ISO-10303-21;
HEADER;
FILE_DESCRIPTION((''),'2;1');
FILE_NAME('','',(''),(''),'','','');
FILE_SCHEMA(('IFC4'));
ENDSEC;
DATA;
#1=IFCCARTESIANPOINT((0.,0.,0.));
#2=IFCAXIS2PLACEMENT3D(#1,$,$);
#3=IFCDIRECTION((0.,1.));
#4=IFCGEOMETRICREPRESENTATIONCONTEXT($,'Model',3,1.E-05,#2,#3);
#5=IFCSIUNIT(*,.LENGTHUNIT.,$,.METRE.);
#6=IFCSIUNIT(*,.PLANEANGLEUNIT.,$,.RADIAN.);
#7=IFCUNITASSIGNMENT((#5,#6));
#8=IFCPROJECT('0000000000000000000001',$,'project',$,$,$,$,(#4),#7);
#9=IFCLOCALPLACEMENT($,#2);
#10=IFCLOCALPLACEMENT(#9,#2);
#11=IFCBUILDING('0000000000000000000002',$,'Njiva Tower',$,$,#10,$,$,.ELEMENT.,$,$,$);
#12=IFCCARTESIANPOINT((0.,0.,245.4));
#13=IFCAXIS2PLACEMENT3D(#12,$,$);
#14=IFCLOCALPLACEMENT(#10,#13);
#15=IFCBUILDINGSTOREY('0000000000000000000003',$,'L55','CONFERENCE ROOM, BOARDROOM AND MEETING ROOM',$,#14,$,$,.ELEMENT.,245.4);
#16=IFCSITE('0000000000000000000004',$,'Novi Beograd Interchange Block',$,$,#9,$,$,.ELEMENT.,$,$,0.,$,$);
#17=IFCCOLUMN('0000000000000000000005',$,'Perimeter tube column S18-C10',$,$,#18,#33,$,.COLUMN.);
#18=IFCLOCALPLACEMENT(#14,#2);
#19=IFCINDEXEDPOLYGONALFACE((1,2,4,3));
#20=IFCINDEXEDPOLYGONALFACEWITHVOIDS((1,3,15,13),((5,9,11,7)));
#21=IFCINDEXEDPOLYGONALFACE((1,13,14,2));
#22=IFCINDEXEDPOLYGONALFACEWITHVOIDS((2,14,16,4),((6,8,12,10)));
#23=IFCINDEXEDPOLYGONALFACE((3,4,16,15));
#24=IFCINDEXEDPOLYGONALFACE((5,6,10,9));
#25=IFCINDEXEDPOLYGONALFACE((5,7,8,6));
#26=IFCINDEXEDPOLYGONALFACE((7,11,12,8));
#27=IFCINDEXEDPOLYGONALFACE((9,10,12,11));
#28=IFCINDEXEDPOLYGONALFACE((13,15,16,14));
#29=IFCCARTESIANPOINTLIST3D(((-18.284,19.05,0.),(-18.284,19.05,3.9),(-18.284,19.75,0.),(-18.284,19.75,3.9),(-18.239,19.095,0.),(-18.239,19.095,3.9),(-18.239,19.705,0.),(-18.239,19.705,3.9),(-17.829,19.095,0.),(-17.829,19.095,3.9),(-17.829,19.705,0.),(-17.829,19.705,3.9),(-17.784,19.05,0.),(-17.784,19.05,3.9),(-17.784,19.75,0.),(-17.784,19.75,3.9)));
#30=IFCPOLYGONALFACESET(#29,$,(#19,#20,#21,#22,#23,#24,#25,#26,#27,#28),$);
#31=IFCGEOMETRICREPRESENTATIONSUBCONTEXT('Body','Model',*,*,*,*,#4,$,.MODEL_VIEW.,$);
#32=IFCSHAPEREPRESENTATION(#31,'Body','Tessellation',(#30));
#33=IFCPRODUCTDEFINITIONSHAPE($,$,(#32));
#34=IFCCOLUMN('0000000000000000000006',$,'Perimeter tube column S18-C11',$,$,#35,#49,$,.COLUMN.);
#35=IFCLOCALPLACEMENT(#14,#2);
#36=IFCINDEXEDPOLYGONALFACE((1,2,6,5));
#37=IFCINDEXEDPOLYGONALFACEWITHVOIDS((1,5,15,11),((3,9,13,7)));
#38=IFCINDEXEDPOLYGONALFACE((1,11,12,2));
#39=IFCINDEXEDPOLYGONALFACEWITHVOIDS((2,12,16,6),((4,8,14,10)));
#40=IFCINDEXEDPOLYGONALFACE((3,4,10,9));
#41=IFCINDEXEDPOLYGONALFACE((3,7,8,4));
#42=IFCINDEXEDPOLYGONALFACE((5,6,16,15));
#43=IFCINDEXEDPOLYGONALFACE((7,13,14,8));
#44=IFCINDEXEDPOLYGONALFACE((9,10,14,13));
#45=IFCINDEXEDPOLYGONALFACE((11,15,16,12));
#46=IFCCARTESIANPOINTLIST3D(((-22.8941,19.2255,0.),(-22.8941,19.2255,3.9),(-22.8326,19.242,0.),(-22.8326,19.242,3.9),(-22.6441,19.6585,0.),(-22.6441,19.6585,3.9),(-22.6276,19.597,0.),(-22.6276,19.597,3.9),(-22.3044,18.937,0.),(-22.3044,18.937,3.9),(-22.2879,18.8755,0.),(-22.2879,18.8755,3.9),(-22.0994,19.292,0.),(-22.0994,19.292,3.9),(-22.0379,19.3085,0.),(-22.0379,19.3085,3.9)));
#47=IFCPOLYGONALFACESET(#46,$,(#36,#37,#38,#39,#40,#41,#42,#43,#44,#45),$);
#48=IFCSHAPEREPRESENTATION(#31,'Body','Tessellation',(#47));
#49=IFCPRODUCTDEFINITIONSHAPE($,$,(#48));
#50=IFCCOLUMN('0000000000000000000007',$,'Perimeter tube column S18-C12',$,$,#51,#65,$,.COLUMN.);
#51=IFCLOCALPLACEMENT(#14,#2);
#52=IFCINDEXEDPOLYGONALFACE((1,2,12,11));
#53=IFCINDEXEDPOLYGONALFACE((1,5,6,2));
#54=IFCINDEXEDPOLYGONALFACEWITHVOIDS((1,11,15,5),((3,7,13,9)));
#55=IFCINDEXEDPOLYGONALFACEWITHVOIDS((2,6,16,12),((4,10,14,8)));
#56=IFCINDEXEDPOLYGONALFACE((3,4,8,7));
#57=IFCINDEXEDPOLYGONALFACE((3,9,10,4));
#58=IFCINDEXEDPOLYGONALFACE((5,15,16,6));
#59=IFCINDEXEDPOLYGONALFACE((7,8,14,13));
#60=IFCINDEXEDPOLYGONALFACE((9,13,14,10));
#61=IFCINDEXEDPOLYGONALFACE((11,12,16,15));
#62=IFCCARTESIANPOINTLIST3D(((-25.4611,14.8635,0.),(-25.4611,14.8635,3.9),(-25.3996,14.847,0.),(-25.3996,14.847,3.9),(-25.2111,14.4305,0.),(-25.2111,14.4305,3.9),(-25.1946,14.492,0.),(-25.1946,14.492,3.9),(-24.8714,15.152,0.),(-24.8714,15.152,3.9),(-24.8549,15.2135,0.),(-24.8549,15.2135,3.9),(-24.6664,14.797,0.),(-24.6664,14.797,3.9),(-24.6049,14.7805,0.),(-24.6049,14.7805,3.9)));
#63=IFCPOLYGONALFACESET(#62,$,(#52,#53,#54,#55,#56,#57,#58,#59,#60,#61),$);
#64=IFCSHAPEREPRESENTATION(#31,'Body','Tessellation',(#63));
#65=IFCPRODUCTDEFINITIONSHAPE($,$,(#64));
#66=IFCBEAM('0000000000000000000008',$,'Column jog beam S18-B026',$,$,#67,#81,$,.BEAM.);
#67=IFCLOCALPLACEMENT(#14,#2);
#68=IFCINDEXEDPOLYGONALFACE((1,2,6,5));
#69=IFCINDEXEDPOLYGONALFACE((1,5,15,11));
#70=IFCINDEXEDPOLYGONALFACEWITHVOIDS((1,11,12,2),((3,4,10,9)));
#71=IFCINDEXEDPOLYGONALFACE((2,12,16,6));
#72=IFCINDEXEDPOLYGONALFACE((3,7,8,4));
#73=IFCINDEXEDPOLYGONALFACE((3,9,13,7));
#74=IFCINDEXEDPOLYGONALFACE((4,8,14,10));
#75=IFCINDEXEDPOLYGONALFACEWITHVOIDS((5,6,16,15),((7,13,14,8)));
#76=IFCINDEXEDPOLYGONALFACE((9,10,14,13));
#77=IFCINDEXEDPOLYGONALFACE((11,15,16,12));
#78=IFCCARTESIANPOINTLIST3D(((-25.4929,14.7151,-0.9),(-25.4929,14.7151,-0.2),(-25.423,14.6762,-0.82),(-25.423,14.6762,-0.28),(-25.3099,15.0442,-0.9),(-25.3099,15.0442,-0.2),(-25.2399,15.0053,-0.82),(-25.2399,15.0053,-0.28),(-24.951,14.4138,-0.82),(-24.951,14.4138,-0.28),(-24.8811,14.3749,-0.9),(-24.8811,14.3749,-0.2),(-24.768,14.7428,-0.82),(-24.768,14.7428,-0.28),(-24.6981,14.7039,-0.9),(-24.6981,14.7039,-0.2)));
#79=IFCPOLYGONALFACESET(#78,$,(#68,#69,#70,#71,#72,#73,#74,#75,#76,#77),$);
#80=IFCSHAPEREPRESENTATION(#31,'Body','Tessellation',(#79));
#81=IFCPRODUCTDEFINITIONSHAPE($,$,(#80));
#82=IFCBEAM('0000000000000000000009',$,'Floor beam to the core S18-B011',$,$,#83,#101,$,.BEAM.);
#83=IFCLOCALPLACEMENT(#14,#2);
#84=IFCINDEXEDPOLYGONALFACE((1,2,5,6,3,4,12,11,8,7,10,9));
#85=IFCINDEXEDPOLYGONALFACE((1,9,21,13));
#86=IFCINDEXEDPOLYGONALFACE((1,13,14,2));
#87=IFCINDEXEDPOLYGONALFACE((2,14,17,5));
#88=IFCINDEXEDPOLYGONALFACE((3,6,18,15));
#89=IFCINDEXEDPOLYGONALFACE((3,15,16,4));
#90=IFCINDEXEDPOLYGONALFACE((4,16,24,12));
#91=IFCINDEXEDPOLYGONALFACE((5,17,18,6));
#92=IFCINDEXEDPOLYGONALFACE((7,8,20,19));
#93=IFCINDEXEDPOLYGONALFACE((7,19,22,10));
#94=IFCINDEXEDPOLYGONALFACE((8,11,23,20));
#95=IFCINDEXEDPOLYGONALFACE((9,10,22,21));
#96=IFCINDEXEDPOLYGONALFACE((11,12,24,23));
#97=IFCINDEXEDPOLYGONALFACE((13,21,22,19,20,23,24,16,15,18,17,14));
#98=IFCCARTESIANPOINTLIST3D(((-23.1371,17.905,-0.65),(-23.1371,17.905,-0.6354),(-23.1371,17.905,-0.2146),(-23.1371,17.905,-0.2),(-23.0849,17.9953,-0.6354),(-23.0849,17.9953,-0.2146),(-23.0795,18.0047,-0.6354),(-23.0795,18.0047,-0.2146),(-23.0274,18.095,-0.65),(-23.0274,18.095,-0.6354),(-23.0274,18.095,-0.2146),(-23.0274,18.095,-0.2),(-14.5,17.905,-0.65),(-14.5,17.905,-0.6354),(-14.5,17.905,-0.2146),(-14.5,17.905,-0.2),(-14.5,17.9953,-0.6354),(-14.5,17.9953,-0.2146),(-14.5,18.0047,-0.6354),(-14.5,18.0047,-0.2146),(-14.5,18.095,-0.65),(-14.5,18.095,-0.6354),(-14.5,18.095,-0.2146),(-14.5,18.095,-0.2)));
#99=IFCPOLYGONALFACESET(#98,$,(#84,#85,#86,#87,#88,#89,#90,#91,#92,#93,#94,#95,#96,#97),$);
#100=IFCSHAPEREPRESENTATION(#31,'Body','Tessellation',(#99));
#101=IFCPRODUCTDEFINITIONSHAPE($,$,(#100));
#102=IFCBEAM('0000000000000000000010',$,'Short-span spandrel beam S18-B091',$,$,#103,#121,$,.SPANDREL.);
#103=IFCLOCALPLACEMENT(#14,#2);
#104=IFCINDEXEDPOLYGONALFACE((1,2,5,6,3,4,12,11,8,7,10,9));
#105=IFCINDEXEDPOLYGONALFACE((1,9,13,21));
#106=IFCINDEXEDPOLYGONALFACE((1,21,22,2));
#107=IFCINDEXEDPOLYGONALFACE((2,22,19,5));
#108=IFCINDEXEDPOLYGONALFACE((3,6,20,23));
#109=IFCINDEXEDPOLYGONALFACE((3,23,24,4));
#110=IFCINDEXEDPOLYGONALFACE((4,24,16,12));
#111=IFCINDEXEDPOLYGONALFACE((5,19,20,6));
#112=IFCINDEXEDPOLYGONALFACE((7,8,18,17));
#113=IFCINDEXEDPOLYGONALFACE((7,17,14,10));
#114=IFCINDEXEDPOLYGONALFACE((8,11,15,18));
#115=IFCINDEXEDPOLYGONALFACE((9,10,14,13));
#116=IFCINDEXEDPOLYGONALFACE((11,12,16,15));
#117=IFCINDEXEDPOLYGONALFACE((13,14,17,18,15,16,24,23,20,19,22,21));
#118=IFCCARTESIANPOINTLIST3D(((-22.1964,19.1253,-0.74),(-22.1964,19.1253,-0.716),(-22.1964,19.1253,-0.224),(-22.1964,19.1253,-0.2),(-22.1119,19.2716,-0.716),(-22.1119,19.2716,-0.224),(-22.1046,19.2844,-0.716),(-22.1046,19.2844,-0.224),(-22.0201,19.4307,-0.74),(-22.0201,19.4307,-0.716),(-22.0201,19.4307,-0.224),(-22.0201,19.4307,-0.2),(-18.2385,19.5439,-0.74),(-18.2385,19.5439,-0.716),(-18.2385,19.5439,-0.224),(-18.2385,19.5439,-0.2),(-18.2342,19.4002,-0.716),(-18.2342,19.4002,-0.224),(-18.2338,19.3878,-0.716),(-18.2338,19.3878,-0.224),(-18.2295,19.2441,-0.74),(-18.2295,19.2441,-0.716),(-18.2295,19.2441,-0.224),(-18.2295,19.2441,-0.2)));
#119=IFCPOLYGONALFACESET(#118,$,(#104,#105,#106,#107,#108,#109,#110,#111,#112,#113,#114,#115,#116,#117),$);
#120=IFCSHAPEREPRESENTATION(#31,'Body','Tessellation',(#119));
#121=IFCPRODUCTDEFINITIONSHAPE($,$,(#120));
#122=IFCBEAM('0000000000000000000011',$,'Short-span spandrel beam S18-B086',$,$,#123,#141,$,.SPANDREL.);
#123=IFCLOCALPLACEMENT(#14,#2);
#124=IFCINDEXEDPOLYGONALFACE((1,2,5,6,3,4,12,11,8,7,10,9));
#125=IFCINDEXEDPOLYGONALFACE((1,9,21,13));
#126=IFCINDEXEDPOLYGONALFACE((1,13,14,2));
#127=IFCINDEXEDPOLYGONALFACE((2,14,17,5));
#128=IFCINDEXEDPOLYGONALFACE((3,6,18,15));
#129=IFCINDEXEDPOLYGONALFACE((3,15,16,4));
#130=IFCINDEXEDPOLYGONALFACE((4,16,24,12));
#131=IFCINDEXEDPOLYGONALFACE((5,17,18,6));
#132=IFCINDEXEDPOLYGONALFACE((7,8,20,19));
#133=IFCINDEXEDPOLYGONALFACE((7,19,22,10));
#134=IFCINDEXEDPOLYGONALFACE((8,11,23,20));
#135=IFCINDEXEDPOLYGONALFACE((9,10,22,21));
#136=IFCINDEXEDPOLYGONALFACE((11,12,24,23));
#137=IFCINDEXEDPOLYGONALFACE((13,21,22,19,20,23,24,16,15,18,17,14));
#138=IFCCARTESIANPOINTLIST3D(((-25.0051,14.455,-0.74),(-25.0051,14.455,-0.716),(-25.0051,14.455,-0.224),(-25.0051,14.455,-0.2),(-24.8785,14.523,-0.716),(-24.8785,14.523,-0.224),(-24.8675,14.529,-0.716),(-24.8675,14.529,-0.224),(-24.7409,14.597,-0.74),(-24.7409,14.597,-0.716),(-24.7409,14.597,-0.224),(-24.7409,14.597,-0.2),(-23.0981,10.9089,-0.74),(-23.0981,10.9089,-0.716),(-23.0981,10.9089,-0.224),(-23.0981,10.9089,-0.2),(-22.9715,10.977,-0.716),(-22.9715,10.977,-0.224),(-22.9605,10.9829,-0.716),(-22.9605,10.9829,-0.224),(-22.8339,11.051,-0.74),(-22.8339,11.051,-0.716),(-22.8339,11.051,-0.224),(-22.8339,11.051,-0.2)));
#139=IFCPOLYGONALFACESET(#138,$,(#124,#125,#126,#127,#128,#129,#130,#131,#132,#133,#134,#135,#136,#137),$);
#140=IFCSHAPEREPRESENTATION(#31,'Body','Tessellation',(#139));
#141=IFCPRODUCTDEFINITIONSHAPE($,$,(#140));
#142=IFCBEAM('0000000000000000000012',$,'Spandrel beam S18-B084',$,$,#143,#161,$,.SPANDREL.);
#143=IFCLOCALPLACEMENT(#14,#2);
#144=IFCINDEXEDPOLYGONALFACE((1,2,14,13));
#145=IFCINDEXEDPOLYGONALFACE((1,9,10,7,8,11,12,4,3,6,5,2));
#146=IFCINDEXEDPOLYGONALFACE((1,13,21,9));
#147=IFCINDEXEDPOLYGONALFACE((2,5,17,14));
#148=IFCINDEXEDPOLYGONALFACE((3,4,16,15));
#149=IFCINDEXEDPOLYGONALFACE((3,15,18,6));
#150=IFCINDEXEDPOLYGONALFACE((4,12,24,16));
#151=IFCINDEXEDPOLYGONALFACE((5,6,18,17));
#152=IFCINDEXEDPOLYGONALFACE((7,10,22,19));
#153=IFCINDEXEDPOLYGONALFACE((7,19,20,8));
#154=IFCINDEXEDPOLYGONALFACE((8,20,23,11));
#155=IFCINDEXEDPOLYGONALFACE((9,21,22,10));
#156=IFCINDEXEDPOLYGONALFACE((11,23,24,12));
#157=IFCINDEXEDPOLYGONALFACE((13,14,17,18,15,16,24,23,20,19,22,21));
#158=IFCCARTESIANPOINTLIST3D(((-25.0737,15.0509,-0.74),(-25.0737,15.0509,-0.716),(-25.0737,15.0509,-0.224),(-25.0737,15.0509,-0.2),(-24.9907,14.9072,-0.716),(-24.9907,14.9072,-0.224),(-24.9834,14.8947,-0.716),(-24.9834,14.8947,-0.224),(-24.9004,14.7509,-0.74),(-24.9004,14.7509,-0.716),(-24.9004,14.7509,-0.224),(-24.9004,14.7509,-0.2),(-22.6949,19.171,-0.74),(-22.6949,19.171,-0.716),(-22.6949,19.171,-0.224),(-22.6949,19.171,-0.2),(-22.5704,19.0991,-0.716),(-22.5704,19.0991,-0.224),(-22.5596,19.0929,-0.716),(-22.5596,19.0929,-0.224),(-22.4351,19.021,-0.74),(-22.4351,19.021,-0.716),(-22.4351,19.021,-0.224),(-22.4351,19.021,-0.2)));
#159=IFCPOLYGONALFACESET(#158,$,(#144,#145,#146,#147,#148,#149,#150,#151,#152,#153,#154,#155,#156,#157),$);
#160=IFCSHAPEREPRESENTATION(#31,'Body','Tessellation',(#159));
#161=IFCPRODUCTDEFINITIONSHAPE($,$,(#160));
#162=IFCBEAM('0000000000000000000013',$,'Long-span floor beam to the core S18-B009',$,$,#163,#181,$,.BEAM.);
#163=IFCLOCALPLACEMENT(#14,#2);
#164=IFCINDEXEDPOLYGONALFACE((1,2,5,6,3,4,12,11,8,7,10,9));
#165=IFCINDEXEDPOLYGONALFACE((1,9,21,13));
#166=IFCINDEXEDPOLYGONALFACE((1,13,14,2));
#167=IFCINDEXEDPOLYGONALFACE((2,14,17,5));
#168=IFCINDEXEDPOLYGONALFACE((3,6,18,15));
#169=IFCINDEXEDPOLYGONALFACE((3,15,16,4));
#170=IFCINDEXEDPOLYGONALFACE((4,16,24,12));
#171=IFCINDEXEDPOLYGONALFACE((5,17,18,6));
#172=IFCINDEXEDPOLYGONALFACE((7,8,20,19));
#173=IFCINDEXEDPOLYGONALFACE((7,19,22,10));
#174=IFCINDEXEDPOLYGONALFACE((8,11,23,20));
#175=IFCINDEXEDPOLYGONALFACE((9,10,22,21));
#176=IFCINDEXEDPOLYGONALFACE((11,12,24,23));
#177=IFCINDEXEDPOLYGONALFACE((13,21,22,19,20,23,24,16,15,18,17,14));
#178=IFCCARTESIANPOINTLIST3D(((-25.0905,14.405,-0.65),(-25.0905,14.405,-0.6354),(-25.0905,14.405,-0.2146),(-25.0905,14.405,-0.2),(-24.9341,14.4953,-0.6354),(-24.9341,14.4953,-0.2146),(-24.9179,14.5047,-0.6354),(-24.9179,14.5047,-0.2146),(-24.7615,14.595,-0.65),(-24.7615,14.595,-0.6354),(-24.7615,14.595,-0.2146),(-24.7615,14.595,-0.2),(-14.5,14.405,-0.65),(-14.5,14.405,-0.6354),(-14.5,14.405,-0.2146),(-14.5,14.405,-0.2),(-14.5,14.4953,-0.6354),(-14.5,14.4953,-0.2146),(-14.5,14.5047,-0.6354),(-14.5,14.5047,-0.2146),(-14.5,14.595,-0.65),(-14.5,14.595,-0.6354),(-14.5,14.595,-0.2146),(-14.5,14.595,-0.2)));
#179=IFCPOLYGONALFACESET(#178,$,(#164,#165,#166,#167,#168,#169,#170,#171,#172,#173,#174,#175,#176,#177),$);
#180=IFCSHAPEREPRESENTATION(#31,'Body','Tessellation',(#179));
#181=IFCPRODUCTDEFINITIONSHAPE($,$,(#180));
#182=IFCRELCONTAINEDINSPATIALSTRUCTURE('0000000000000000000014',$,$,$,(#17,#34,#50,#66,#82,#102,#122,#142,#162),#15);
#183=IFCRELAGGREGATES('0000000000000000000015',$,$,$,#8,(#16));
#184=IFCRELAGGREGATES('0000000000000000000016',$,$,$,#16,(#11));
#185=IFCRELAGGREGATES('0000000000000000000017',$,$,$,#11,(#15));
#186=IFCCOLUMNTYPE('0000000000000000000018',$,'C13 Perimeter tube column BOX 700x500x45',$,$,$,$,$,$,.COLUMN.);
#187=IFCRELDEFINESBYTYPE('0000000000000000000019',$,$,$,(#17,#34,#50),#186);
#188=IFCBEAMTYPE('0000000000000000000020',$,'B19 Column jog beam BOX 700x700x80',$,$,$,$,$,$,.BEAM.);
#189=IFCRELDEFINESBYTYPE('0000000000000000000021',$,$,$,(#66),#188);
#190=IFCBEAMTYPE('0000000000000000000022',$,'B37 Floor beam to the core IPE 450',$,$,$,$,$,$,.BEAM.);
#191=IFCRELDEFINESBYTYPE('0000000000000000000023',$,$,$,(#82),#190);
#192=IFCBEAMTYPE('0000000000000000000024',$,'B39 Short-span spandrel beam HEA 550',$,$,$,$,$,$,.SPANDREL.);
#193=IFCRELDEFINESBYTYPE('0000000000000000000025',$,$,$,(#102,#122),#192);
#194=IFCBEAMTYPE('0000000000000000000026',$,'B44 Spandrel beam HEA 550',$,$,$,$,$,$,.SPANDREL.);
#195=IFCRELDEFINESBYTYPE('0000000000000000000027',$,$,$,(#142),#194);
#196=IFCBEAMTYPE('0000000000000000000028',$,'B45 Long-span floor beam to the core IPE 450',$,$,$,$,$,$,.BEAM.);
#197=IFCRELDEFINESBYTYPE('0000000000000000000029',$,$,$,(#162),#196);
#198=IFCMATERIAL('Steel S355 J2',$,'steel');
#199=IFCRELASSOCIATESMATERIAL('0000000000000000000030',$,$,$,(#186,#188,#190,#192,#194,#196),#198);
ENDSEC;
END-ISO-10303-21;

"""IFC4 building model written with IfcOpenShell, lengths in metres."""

from ifc_helpers import new_model, si_unit, direction, frame, origin, origin_2d, place, context, subcontext, project, spatial, hollow_rectangle, i_section, extrude, clip, halfspace, material, material_profile, profile_set, type_object, element, save


model = new_model("IFC4")

# Units and contexts
model_context = context("Model", 3, precision=1e-05, world=origin(), true_north=direction((0.0, 1.0)))
body_context = subcontext(model_context, "Body", "Model", "MODEL_VIEW")
ifc_project = project(units=[si_unit("LENGTHUNIT", "METRE"), si_unit("PLANEANGLEUNIT", "RADIAN")], contexts=[model_context])

# Site, building, storey
site_placement = place(None, origin())
site = spatial("IfcSite", under=ifc_project, at=site_placement, Name="Novi Beograd Interchange Block", CompositionType="ELEMENT", RefElevation=0.0)
building_placement = place(site_placement, origin())
building = spatial("IfcBuilding", under=site, at=building_placement, Name="Njiva Tower", CompositionType="ELEMENT")
storey_placement = place(building_placement, frame((0.0, 0.0, 245.4)))
storey = spatial("IfcBuildingStorey", under=building, at=storey_placement, Name="L55", Description="CONFERENCE ROOM, BOARDROOM AND MEETING ROOM", CompositionType="ELEMENT", Elevation=245.4)

# Columns
ifc_material_1 = material(Name="Steel S355 J2", Category="steel")
ifc_material_profile_1 = material_profile(ifc_material_1, hollow_rectangle(XDim=0.5, YDim=0.7, WallThickness=0.045, at=origin_2d()), Name="BOX 700x500x45")
ifc_profile_set_1 = profile_set([ifc_material_profile_1], Name="Steel S355 J2")
column_type = type_object("IfcColumnType", Name="C13 Perimeter tube column BOX 700x500x45", PredefinedType="COLUMN", material=ifc_profile_set_1)
for number, where, z_axis, x_axis, name in (
    (1, (-18.034, 19.4, 0.0), (0.0, 0.0, 1.0), (-1.0, 0.0, 0.0), "Perimeter tube column S18-C10"),
    (2, (-22.466, 19.267, 0.0), (0.0, 0.0, 1.0), (-0.5, -0.866025, 0.0), "Perimeter tube column S18-C11"),
    (3, (-25.033, 14.822, 0.0), (0.0, 0.0, 1.0), (0.5, -0.866025, 0.0), "Perimeter tube column S18-C12"),
):
    element("IfcColumn", number, at=place(storey_placement, frame(where, z_axis=z_axis, x_axis=x_axis)), inside=storey, type_object=column_type, Name=name, PredefinedType="COLUMN", context=body_context, shape_type="SweptSolid", body=[
        extrude(hollow_rectangle(XDim=0.5, YDim=0.7, WallThickness=0.045, at=origin_2d()), origin(), (0.0, 0.0, 1.0), 3.9),
    ])

# Beams
ifc_material_profile_2 = material_profile(ifc_material_1, hollow_rectangle(XDim=0.7, YDim=0.7, WallThickness=0.08, at=origin_2d()), Name="BOX 700x700x80")
ifc_profile_set_2 = profile_set([ifc_material_profile_2], Name="Steel S355 J2")
beam_type_1 = type_object("IfcBeamType", Name="B19 Column jog beam BOX 700x700x80", PredefinedType="BEAM", material=ifc_profile_set_2)
beam_1_placement = place(storey_placement, frame((-25.187, 14.545, -0.55), z_axis=(0.486094, 0.873907, 0.0), x_axis=(-0.873907, 0.486094, 0.0)))
element("IfcBeam", 4, at=beam_1_placement, inside=storey, type_object=beam_type_1, Name="Column jog beam S18-B026", PredefinedType="BEAM", context=body_context, shape_type="SweptSolid", body=[
    extrude(hollow_rectangle(XDim=0.7, YDim=0.7, WallThickness=0.08, at=origin_2d()), origin(), (0.0, 0.0, 1.0), 0.3765),
])
ifc_material_profile_3 = material_profile(ifc_material_1, i_section(OverallWidth=0.19, OverallDepth=0.45, WebThickness=0.0094, FlangeThickness=0.0146, at=origin_2d()), Name="IPE 450")
ifc_profile_set_3 = profile_set([ifc_material_profile_3], Name="Steel S355 J2")
beam_type_2 = type_object("IfcBeamType", Name="B37 Floor beam to the core IPE 450", PredefinedType="BEAM", material=ifc_profile_set_3)
beam_2_placement = place(storey_placement, frame((-23.157, 18.0, -0.425), z_axis=(1.0, 0.0, 0.0), x_axis=(0.0, 1.0, 0.0)))
element("IfcBeam", 5, at=beam_2_placement, inside=storey, type_object=beam_type_2, Name="Floor beam to the core S18-B011", PredefinedType="BEAM", context=body_context, shape_type="Clipping", body=[
    clip(extrude(i_section(OverallWidth=0.19, OverallDepth=0.45, WebThickness=0.0094, FlangeThickness=0.0146, at=origin_2d()), origin(), (0.0, 0.0, 1.0), 8.657), halfspace(frame((0.025, 0.0, 0.0892), z_axis=(0.499998, 0.0, -0.866027), x_axis=(0.0, -1.0, 0.0)), False)),
])
ifc_material_profile_4 = material_profile(ifc_material_1, i_section(OverallWidth=0.3, OverallDepth=0.54, WebThickness=0.0125, FlangeThickness=0.024, at=origin_2d()), Name="HEA 550")
ifc_profile_set_4 = profile_set([ifc_material_profile_4], Name="Steel S355 J2")
beam_type_3 = type_object("IfcBeamType", Name="B39 Short-span spandrel beam HEA 550", PredefinedType="SPANDREL", material=ifc_profile_set_4)
beam_3_placement = place(storey_placement, frame((-18.234, 19.394, -0.47), z_axis=(-0.999552, -0.02993, 0.0), x_axis=(0.02993, -0.999552, 0.0)))
element("IfcBeam", 6, at=beam_3_placement, inside=storey, type_object=beam_type_3, Name="Short-span spandrel beam S18-B091", PredefinedType="SPANDREL", context=body_context, shape_type="Clipping", body=[
    clip(extrude(i_section(OverallWidth=0.3, OverallDepth=0.54, WebThickness=0.0125, FlangeThickness=0.024, at=origin_2d()), origin(), (0.0, 0.0, 1.0), 3.9887), halfspace(frame((-0.0259, 0.0, 3.86), z_axis=(-0.525694, 0.0, 0.850674), x_axis=(0.0, 1.0, 0.0)), False)),
])
beam_4_placement = place(storey_placement, frame((-24.873, 14.526, -0.47), z_axis=(0.473641, -0.880718, 0.0), x_axis=(0.880718, 0.473641, 0.0)))
element("IfcBeam", 7, at=beam_4_placement, inside=storey, type_object=beam_type_3, Name="Short-span spandrel beam S18-B086", PredefinedType="SPANDREL", context=body_context, shape_type="SweptSolid", body=[
    extrude(i_section(OverallWidth=0.3, OverallDepth=0.54, WebThickness=0.0125, FlangeThickness=0.024, at=origin_2d()), origin(), (0.0, 0.0, 1.0), 4.0263),
])
ifc_material_profile_5 = material_profile(ifc_material_1, i_section(OverallWidth=0.3, OverallDepth=0.54, WebThickness=0.0125, FlangeThickness=0.024, at=origin_2d()), Name="HEA 550")
ifc_profile_set_5 = profile_set([ifc_material_profile_5], Name="Steel S355 J2")
beam_type_4 = type_object("IfcBeamType", Name="B44 Spandrel beam HEA 550", PredefinedType="SPANDREL", material=ifc_profile_set_5)
beam_5_placement = place(storey_placement, frame((-22.565, 19.096, -0.47), z_axis=(-0.500002, -0.866024, 0.0), x_axis=(0.866024, -0.500002, 0.0)))
element("IfcBeam", 8, at=beam_5_placement, inside=storey, type_object=beam_type_4, Name="Spandrel beam S18-B084", PredefinedType="SPANDREL", context=body_context, shape_type="Clipping", body=[
    clip(extrude(i_section(OverallWidth=0.3, OverallDepth=0.54, WebThickness=0.0125, FlangeThickness=0.024, at=origin_2d()), origin(), (0.0, 0.0, 1.0), 4.951), halfspace(frame((-0.0249, 0.0, 4.8297), z_axis=(-0.5, 0.0, 0.866026), x_axis=(0.0, 1.0, 0.0)), False)),
])
ifc_material_profile_6 = material_profile(ifc_material_1, i_section(OverallWidth=0.19, OverallDepth=0.45, WebThickness=0.0094, FlangeThickness=0.0146, at=origin_2d()), Name="IPE 450")
ifc_profile_set_6 = profile_set([ifc_material_profile_6], Name="Steel S355 J2")
beam_type_5 = type_object("IfcBeamType", Name="B45 Long-span floor beam to the core IPE 450", PredefinedType="BEAM", material=ifc_profile_set_6)
beam_6_placement = place(storey_placement, frame((-25.111, 14.5, -0.425), z_axis=(1.0, 0.0, 0.0), x_axis=(0.0, 1.0, 0.0)))
element("IfcBeam", 9, at=beam_6_placement, inside=storey, type_object=beam_type_5, Name="Long-span floor beam to the core S18-B009", PredefinedType="BEAM", context=body_context, shape_type="Clipping", body=[
    clip(extrude(i_section(OverallWidth=0.19, OverallDepth=0.45, WebThickness=0.0094, FlangeThickness=0.0146, at=origin_2d()), origin(), (0.0, 0.0, 1.0), 10.611), halfspace(frame((0.0433, 0.0, 0.26), z_axis=(0.866027, 0.0, -0.499998), x_axis=(0.0, -1.0, 0.0)), False)),
])

save(model, "model.ifc")
